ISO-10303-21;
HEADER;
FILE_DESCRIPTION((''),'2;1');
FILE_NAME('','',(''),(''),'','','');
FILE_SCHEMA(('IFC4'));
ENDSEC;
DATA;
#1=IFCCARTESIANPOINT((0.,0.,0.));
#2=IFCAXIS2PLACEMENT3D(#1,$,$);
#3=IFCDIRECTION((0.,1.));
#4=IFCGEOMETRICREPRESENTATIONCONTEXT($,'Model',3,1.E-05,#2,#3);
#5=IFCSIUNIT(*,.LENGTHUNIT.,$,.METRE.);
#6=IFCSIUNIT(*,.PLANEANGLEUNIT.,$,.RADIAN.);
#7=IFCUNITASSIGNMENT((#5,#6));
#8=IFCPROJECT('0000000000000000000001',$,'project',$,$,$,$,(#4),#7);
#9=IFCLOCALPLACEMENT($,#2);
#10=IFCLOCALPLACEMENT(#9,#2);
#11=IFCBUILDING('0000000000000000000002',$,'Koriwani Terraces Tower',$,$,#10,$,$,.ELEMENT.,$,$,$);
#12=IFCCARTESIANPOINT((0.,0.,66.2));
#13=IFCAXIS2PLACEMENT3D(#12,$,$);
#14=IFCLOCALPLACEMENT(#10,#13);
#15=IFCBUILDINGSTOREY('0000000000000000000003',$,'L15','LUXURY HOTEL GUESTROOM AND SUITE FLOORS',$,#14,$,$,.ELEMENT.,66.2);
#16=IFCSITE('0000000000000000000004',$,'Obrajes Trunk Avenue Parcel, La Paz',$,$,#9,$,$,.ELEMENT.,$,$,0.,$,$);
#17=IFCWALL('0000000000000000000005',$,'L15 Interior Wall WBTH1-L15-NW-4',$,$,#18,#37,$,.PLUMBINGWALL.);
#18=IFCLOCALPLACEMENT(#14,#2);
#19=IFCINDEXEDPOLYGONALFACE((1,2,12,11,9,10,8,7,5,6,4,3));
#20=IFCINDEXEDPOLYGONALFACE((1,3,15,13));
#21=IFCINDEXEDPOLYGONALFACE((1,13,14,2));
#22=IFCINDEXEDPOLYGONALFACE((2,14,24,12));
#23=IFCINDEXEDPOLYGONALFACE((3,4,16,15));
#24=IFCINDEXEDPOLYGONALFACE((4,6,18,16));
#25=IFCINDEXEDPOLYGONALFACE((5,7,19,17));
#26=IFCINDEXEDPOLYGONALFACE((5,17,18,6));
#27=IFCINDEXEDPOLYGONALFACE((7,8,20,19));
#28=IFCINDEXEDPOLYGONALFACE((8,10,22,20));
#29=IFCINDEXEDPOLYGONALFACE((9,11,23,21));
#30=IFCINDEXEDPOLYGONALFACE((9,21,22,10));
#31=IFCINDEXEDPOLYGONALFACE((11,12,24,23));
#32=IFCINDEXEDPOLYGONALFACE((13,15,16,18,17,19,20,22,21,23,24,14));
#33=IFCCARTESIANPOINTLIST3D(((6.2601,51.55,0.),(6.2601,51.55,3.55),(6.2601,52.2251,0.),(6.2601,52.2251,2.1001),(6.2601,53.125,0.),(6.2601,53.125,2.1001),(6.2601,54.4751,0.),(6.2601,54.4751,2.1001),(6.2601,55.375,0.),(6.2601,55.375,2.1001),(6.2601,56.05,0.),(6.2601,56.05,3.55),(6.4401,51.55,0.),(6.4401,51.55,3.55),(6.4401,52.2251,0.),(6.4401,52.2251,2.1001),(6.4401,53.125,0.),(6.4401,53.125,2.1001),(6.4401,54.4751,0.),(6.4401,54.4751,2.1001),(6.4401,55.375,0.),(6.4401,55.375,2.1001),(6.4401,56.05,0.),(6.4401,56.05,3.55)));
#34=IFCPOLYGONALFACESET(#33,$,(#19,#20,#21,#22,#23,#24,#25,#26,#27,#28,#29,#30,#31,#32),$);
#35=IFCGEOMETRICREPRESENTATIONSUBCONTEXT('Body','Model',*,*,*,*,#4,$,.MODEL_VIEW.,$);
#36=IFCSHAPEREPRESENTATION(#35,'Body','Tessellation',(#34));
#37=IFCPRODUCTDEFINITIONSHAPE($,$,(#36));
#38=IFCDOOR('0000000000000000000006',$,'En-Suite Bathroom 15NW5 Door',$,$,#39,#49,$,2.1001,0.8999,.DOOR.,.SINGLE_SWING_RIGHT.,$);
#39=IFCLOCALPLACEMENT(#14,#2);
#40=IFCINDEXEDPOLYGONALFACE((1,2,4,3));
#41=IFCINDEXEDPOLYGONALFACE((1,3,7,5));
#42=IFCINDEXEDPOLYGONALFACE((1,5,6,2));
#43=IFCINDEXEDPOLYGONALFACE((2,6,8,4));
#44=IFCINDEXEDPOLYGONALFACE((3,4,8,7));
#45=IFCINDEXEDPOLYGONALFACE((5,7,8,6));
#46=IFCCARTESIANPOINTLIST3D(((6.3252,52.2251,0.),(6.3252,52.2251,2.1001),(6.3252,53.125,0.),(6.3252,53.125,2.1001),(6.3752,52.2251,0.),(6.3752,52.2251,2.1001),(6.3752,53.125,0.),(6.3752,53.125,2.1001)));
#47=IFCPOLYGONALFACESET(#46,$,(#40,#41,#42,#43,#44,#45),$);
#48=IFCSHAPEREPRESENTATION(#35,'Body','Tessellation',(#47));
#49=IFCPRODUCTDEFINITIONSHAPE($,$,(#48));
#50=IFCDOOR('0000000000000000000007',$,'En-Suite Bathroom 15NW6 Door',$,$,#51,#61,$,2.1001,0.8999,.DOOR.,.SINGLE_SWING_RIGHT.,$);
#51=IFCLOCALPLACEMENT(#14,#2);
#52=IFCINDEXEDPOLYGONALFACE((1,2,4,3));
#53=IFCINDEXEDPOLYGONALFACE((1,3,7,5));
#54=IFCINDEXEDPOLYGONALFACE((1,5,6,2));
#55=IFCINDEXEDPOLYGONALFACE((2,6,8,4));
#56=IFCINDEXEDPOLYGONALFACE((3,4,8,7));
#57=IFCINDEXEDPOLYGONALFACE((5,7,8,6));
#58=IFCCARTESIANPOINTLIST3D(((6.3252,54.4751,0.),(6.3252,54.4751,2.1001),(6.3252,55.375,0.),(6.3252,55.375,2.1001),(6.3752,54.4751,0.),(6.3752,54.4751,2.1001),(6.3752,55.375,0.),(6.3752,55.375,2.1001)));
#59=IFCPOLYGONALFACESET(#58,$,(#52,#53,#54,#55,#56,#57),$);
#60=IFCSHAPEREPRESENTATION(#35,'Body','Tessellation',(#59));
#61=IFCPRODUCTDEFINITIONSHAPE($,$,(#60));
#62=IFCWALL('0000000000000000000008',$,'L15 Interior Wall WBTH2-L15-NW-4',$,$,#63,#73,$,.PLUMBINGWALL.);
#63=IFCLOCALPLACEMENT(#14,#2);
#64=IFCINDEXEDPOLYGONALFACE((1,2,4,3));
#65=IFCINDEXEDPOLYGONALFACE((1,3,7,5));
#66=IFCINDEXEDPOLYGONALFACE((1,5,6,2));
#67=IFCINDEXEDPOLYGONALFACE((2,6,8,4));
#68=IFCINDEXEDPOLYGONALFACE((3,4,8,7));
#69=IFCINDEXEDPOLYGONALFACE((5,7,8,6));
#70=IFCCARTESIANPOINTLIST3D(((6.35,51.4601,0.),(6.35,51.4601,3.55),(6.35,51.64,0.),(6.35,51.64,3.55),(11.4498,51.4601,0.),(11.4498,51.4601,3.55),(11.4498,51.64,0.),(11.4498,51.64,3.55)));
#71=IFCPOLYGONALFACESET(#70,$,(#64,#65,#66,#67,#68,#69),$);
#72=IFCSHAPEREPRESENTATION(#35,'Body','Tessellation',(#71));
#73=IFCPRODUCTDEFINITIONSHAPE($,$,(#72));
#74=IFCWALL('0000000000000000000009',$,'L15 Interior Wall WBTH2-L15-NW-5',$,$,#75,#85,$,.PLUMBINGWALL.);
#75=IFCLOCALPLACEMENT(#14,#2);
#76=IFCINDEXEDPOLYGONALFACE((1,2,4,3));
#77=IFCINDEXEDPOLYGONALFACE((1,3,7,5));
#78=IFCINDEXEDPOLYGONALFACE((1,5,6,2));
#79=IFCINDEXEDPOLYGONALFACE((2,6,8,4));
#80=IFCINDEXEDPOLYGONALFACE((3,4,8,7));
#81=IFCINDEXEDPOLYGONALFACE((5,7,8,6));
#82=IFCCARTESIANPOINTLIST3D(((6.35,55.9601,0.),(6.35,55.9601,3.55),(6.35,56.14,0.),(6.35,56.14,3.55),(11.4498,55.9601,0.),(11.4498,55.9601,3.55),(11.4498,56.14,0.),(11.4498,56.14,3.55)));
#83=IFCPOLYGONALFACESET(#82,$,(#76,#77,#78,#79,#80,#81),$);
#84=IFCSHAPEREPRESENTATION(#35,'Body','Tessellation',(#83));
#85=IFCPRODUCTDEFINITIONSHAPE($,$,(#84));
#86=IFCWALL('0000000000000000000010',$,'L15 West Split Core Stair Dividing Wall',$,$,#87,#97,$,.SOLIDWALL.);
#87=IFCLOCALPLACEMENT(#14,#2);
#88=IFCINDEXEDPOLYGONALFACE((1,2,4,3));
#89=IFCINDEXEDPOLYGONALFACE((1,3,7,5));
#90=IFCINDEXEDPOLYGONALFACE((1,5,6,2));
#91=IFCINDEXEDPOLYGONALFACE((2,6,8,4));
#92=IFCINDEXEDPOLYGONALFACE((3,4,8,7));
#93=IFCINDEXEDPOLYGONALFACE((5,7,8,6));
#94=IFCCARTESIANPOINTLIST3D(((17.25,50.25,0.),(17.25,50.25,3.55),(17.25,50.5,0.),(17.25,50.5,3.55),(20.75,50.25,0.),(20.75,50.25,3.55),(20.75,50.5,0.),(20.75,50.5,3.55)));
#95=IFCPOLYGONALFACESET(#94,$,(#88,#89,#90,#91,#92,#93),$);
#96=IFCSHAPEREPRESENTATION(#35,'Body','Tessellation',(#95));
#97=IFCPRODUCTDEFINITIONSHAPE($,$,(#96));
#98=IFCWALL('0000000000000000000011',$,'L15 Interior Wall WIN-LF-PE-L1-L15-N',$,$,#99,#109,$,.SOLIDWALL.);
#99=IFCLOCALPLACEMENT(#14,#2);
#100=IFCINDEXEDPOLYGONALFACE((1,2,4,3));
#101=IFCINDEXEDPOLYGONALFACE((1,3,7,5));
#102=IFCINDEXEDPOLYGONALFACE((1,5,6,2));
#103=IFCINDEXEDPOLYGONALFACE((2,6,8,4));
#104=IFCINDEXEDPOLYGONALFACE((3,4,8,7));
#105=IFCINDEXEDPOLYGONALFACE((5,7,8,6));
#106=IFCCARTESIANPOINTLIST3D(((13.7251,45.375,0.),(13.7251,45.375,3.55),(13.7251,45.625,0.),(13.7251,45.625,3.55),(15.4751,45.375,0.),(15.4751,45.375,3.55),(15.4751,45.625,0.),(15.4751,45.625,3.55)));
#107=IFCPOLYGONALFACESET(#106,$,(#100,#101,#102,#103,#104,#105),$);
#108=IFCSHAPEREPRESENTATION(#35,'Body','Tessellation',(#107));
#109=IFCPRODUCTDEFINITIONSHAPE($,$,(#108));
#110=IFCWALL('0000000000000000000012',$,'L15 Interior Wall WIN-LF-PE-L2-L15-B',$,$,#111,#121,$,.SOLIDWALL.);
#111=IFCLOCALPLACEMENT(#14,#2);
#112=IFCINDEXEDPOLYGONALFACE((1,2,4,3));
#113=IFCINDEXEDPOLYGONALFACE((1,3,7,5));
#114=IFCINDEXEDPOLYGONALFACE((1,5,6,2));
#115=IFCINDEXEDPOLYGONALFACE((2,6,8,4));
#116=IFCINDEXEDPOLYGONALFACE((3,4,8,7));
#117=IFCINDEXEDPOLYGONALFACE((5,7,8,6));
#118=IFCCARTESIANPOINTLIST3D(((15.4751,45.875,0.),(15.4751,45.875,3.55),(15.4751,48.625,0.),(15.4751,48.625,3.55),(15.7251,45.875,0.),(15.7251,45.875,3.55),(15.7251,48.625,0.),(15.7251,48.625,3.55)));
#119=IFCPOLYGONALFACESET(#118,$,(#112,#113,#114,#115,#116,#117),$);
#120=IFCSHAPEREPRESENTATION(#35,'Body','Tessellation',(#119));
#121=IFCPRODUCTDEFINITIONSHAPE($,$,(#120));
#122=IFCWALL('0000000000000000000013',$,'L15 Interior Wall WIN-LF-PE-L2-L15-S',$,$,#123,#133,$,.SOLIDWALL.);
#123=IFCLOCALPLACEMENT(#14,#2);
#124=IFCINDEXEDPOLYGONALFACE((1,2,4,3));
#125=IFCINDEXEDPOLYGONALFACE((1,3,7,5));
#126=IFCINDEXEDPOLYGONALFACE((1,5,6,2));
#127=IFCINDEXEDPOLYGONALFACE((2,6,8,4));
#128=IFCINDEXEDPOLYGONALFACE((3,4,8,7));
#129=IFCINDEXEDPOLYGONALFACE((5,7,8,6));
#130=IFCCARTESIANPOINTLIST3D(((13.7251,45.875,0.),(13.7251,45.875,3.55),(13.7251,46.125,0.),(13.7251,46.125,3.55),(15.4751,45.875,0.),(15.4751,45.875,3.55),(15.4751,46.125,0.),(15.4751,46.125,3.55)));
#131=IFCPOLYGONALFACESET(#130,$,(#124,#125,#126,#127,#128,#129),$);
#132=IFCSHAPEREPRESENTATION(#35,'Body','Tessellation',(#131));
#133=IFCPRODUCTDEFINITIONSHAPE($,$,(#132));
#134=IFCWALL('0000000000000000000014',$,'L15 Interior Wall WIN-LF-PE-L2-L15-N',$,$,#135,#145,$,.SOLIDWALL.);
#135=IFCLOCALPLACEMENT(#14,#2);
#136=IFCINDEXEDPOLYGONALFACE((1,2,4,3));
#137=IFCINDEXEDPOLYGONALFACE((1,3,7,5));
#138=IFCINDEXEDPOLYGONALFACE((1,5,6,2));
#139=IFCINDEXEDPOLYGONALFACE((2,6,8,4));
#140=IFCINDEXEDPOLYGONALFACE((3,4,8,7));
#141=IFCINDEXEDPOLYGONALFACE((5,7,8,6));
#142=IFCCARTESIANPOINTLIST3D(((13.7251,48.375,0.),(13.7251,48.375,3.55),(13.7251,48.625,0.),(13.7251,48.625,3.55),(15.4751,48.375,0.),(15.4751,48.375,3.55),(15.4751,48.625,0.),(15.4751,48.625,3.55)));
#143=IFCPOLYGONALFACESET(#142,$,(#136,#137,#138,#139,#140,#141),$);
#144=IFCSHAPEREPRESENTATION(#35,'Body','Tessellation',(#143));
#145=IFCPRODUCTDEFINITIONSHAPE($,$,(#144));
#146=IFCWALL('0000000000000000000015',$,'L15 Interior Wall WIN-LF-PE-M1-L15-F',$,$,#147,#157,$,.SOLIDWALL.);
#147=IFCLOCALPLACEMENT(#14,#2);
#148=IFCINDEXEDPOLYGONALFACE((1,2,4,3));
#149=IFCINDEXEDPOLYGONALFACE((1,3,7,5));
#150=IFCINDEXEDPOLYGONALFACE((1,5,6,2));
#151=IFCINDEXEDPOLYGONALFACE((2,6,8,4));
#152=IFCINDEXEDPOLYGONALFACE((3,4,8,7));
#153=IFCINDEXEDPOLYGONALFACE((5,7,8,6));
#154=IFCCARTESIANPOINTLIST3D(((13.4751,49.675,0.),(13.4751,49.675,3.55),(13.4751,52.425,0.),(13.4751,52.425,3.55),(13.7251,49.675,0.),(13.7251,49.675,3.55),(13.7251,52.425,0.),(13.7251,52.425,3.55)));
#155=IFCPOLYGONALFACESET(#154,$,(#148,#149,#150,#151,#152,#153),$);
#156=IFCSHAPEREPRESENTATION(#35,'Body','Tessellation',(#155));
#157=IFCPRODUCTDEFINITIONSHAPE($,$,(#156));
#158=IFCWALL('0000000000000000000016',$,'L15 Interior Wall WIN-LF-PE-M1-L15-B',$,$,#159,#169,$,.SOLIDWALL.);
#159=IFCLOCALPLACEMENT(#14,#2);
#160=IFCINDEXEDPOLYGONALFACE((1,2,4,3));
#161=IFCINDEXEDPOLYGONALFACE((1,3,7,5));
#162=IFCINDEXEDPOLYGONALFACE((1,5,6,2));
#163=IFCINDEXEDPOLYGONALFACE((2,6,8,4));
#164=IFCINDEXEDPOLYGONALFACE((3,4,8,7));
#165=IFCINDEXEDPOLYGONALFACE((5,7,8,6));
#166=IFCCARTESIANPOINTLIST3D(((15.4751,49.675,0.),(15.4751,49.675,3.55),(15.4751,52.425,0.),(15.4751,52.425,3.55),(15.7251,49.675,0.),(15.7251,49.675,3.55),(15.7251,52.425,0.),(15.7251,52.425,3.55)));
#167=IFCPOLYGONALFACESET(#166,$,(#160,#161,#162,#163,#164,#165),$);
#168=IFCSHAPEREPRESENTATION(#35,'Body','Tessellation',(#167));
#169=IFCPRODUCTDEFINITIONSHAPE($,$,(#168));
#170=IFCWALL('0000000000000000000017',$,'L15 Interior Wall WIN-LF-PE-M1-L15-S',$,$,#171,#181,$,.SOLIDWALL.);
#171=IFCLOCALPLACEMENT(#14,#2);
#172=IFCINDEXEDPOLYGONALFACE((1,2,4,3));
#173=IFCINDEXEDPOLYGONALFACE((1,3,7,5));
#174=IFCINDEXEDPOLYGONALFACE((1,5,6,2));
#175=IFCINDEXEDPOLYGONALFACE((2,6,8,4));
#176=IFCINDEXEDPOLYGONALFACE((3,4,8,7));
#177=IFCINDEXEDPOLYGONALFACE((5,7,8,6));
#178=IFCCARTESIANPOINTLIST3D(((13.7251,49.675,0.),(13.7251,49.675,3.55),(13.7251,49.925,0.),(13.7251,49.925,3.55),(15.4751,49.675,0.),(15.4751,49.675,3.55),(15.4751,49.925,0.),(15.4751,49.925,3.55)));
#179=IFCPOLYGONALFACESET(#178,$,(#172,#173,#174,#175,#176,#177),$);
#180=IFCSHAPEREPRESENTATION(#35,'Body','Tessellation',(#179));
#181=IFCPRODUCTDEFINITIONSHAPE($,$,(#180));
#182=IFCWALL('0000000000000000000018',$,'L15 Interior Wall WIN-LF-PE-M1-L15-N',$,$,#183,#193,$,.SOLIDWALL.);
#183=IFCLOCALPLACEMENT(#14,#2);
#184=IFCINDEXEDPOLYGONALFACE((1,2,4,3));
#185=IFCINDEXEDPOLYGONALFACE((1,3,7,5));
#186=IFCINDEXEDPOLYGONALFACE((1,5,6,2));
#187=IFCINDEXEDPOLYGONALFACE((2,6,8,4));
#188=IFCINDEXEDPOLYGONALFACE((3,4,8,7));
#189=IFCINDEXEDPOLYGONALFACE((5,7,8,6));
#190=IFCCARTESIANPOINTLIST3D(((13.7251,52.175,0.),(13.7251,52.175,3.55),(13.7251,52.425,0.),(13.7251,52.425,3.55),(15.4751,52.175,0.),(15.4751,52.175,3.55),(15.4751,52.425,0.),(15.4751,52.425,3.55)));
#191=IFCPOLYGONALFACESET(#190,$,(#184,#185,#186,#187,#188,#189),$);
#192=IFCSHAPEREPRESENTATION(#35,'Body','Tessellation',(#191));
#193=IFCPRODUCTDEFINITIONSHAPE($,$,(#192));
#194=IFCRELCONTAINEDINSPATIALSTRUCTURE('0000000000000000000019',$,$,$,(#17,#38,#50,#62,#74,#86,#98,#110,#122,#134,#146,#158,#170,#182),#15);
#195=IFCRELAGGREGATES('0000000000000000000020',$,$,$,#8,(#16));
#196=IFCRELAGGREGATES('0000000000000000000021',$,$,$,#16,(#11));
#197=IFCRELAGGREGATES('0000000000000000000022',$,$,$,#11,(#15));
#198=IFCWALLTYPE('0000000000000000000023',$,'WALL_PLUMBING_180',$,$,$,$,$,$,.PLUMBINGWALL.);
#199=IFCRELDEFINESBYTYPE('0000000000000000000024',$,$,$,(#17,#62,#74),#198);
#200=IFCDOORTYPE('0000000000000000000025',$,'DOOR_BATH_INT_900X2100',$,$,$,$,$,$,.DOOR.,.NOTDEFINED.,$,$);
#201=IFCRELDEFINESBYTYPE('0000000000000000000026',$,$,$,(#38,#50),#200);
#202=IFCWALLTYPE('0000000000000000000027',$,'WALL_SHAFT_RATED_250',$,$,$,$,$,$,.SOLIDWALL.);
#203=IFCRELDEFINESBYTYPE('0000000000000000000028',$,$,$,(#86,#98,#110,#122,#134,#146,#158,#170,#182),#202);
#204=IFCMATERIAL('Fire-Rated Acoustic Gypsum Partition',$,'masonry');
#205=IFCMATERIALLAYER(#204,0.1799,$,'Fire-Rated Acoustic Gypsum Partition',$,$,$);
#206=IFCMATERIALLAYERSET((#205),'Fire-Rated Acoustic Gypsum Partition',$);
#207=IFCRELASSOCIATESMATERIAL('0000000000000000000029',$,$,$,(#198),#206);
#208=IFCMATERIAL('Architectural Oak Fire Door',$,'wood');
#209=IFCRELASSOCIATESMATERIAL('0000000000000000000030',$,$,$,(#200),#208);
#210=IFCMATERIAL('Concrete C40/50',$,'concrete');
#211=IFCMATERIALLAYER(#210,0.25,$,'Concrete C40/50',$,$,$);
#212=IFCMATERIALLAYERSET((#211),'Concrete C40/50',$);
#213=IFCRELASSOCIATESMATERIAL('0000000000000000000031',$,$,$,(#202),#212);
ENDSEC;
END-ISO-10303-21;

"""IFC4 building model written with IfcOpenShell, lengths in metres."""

from ifc_helpers import new_model, si_unit, direction, frame, frame_2d, origin, place, context, subcontext, project, spatial, rectangle, extrude, material, layer, layer_set, type_object, element, fill, save


model = new_model("IFC4")

# Units and contexts
model_context = context("Model", 3, precision=1e-05, world=origin(), true_north=direction((0.0, 1.0)))
body_context = subcontext(model_context, "Body", "Model", "MODEL_VIEW")
ifc_project = project(units=[si_unit("LENGTHUNIT", "METRE"), si_unit("PLANEANGLEUNIT", "RADIAN")], contexts=[model_context])

# Site, building, storey
site_placement = place(None, origin())
site = spatial("IfcSite", under=ifc_project, at=site_placement, Name="Obrajes Trunk Avenue Parcel, La Paz", CompositionType="ELEMENT", RefElevation=0.0)
building_placement = place(site_placement, origin())
building = spatial("IfcBuilding", under=site, at=building_placement, Name="Koriwani Terraces Tower", CompositionType="ELEMENT")
storey_placement = place(building_placement, frame((0.0, 0.0, 66.2)))
storey = spatial("IfcBuildingStorey", under=building, at=storey_placement, Name="L15", Description="LUXURY HOTEL GUESTROOM AND SUITE FLOORS", CompositionType="ELEMENT", Elevation=66.2)

# Shared definitions
ifc_material_1 = material(Name="Concrete C40/50", Category="concrete")

# Wall, openings, doors
ifc_material_2 = material(Name="Fire-Rated Acoustic Gypsum Partition", Category="masonry")
ifc_layer_1 = layer(ifc_material_2, 0.1799, Name="Fire-Rated Acoustic Gypsum Partition")
ifc_layer_set_1 = layer_set([ifc_layer_1], Name="Fire-Rated Acoustic Gypsum Partition")
wall_type_1 = type_object("IfcWallType", Name="WALL_PLUMBING_180", PredefinedType="PLUMBINGWALL", material=ifc_layer_set_1)
wall_1_placement = place(storey_placement, frame((6.3501, 51.55, 0.0), z_axis=(0.0, 0.0, 1.0), x_axis=(0.0, 1.0, 0.0)))
wall_1 = element("IfcWall", 1, at=wall_1_placement, inside=storey, type_object=wall_type_1, Name="L15 Interior Wall WBTH1-L15-NW-4", PredefinedType="PLUMBINGWALL", context=body_context, shape_type="SweptSolid", body=[
    extrude(rectangle(XDim=4.5, YDim=0.1799, at=frame_2d((2.25, 0.0))), origin(), (0.0, 0.0, 1.0), 3.55),
])
opening_1_placement = place(wall_1_placement, frame((0.675, 0.0, 0.0)))
opening_1 = element("IfcOpeningElement", 2, at=opening_1_placement, cuts=wall_1, PredefinedType="OPENING", context=body_context, shape_type="SweptSolid", body=[
    extrude(rectangle(XDim=0.8999, YDim=2.1001, at=frame_2d((0.45, 1.05))), frame((0.0, 0.1001, 0.0), z_axis=(0.0, -1.0, 0.0), x_axis=(1.0, 0.0, 0.0)), (0.0, 0.0, 1.0), 0.2),
])
opening_2_placement = place(wall_1_placement, frame((2.925, 0.0, 0.0)))
opening_2 = element("IfcOpeningElement", 3, at=opening_2_placement, cuts=wall_1, PredefinedType="OPENING", context=body_context, shape_type="SweptSolid", body=[
    extrude(rectangle(XDim=0.8999, YDim=2.1001, at=frame_2d((0.45, 1.05))), frame((0.0, 0.1001, 0.0), z_axis=(0.0, -1.0, 0.0), x_axis=(1.0, 0.0, 0.0)), (0.0, 0.0, 1.0), 0.2),
])
ifc_material_3 = material(Name="Architectural Oak Fire Door", Category="wood")
door_type_1 = type_object("IfcDoorType", Name="DOOR_BATH_INT_900X2100", OperationType="NOTDEFINED", PredefinedType="DOOR", material=ifc_material_3)
door_1_placement = place(opening_1_placement, origin())
door_1 = element("IfcDoor", 4, at=door_1_placement, inside=storey, type_object=door_type_1, Name="En-Suite Bathroom 15NW5 Door", OperationType="SINGLE_SWING_RIGHT", OverallHeight=2.1001, OverallWidth=0.8999, PredefinedType="DOOR", context=body_context, shape_type="SweptSolid", body=[
    extrude(rectangle(XDim=0.8999, YDim=2.1001, at=frame_2d((0.45, 1.05))), frame((0.0, 0.0249, 0.0), z_axis=(0.0, -1.0, 0.0), x_axis=(1.0, 0.0, 0.0)), (0.0, 0.0, 1.0), 0.05),
])
fill(opening_1, door_1)
door_2_placement = place(opening_2_placement, origin())
door_2 = element("IfcDoor", 5, at=door_2_placement, inside=storey, type_object=door_type_1, Name="En-Suite Bathroom 15NW6 Door", OperationType="SINGLE_SWING_RIGHT", OverallHeight=2.1001, OverallWidth=0.8999, PredefinedType="DOOR", context=body_context, shape_type="SweptSolid", body=[
    extrude(rectangle(XDim=0.8999, YDim=2.1001, at=frame_2d((0.45, 1.05))), frame((0.0, 0.0249, 0.0), z_axis=(0.0, -1.0, 0.0), x_axis=(1.0, 0.0, 0.0)), (0.0, 0.0, 1.0), 0.05),
])
fill(opening_2, door_2)

# Walls
for number, where, z_axis, x_axis, name in (
    (6, (6.3501, 51.55, 0.0), (0.0, 0.0, 1.0), (1.0, 0.0, 0.0), "L15 Interior Wall WBTH2-L15-NW-4"),
    (7, (6.3501, 56.05, 0.0), (0.0, 0.0, 1.0), (1.0, 0.0, 0.0), "L15 Interior Wall WBTH2-L15-NW-5"),
):
    element("IfcWall", number, at=place(storey_placement, frame(where, z_axis=z_axis, x_axis=x_axis)), inside=storey, type_object=wall_type_1, Name=name, PredefinedType="PLUMBINGWALL", context=body_context, shape_type="SweptSolid", body=[
        extrude(rectangle(XDim=5.0999, YDim=0.1799, at=frame_2d((2.5498, 0.0))), origin(), (0.0, 0.0, 1.0), 3.55),
    ])
ifc_layer_2 = layer(ifc_material_1, 0.25, Name="Concrete C40/50")
ifc_layer_set_2 = layer_set([ifc_layer_2], Name="Concrete C40/50")
wall_type_2 = type_object("IfcWallType", Name="WALL_SHAFT_RATED_250", PredefinedType="SOLIDWALL", material=ifc_layer_set_2)
wall_2_placement = place(storey_placement, frame((17.25, 50.375, 0.0), z_axis=(0.0, 0.0, 1.0), x_axis=(1.0, 0.0, 0.0)))
element("IfcWall", 8, at=wall_2_placement, inside=storey, type_object=wall_type_2, Name="L15 West Split Core Stair Dividing Wall", PredefinedType="SOLIDWALL", context=body_context, shape_type="SweptSolid", body=[
    extrude(rectangle(XDim=3.5, YDim=0.25, at=frame_2d((1.75, 0.0))), origin(), (0.0, 0.0, 1.0), 3.55),
])
wall_3_placement = place(storey_placement, frame((13.7251, 45.5, 0.0), z_axis=(0.0, 0.0, 1.0), x_axis=(1.0, 0.0, 0.0)))
element("IfcWall", 9, at=wall_3_placement, inside=storey, type_object=wall_type_2, Name="L15 Interior Wall WIN-LF-PE-L1-L15-N", PredefinedType="SOLIDWALL", context=body_context, shape_type="SweptSolid", body=[
    extrude(rectangle(XDim=1.75, YDim=0.25, at=frame_2d((0.875, 0.0))), origin(), (0.0, 0.0, 1.0), 3.55),
])

# Walls
wall_4_placement = place(storey_placement, frame((15.6001, 45.875, 0.0), z_axis=(0.0, 0.0, 1.0), x_axis=(0.0, 1.0, 0.0)))
element("IfcWall", 10, at=wall_4_placement, inside=storey, type_object=wall_type_2, Name="L15 Interior Wall WIN-LF-PE-L2-L15-B", PredefinedType="SOLIDWALL", context=body_context, shape_type="SweptSolid", body=[
    extrude(rectangle(XDim=2.75, YDim=0.25, at=frame_2d((1.375, 0.0))), origin(), (0.0, 0.0, 1.0), 3.55),
])
for number, where, z_axis, x_axis, name in (
    (11, (13.7251, 46.0, 0.0), (0.0, 0.0, 1.0), (1.0, 0.0, 0.0), "L15 Interior Wall WIN-LF-PE-L2-L15-S"),
    (12, (13.7251, 48.5, 0.0), (0.0, 0.0, 1.0), (1.0, 0.0, 0.0), "L15 Interior Wall WIN-LF-PE-L2-L15-N"),
):
    element("IfcWall", number, at=place(storey_placement, frame(where, z_axis=z_axis, x_axis=x_axis)), inside=storey, type_object=wall_type_2, Name=name, PredefinedType="SOLIDWALL", context=body_context, shape_type="SweptSolid", body=[
        extrude(rectangle(XDim=1.75, YDim=0.25, at=frame_2d((0.875, 0.0))), origin(), (0.0, 0.0, 1.0), 3.55),
    ])
for number, where, z_axis, x_axis, name in (
    (13, (13.6001, 49.675, 0.0), (0.0, 0.0, 1.0), (0.0, 1.0, 0.0), "L15 Interior Wall WIN-LF-PE-M1-L15-F"),
    (14, (15.6001, 49.675, 0.0), (0.0, 0.0, 1.0), (0.0, 1.0, 0.0), "L15 Interior Wall WIN-LF-PE-M1-L15-B"),
):
    element("IfcWall", number, at=place(storey_placement, frame(where, z_axis=z_axis, x_axis=x_axis)), inside=storey, type_object=wall_type_2, Name=name, PredefinedType="SOLIDWALL", context=body_context, shape_type="SweptSolid", body=[
        extrude(rectangle(XDim=2.75, YDim=0.25, at=frame_2d((1.375, 0.0))), origin(), (0.0, 0.0, 1.0), 3.55),
    ])
for number, where, z_axis, x_axis, name in (
    (15, (13.7251, 49.8, 0.0), (0.0, 0.0, 1.0), (1.0, 0.0, 0.0), "L15 Interior Wall WIN-LF-PE-M1-L15-S"),
    (16, (13.7251, 52.3, 0.0), (0.0, 0.0, 1.0), (1.0, 0.0, 0.0), "L15 Interior Wall WIN-LF-PE-M1-L15-N"),
):
    element("IfcWall", number, at=place(storey_placement, frame(where, z_axis=z_axis, x_axis=x_axis)), inside=storey, type_object=wall_type_2, Name=name, PredefinedType="SOLIDWALL", context=body_context, shape_type="SweptSolid", body=[
        extrude(rectangle(XDim=1.75, YDim=0.25, at=frame_2d((0.875, 0.0))), origin(), (0.0, 0.0, 1.0), 3.55),
    ])

save(model, "model.ifc")
